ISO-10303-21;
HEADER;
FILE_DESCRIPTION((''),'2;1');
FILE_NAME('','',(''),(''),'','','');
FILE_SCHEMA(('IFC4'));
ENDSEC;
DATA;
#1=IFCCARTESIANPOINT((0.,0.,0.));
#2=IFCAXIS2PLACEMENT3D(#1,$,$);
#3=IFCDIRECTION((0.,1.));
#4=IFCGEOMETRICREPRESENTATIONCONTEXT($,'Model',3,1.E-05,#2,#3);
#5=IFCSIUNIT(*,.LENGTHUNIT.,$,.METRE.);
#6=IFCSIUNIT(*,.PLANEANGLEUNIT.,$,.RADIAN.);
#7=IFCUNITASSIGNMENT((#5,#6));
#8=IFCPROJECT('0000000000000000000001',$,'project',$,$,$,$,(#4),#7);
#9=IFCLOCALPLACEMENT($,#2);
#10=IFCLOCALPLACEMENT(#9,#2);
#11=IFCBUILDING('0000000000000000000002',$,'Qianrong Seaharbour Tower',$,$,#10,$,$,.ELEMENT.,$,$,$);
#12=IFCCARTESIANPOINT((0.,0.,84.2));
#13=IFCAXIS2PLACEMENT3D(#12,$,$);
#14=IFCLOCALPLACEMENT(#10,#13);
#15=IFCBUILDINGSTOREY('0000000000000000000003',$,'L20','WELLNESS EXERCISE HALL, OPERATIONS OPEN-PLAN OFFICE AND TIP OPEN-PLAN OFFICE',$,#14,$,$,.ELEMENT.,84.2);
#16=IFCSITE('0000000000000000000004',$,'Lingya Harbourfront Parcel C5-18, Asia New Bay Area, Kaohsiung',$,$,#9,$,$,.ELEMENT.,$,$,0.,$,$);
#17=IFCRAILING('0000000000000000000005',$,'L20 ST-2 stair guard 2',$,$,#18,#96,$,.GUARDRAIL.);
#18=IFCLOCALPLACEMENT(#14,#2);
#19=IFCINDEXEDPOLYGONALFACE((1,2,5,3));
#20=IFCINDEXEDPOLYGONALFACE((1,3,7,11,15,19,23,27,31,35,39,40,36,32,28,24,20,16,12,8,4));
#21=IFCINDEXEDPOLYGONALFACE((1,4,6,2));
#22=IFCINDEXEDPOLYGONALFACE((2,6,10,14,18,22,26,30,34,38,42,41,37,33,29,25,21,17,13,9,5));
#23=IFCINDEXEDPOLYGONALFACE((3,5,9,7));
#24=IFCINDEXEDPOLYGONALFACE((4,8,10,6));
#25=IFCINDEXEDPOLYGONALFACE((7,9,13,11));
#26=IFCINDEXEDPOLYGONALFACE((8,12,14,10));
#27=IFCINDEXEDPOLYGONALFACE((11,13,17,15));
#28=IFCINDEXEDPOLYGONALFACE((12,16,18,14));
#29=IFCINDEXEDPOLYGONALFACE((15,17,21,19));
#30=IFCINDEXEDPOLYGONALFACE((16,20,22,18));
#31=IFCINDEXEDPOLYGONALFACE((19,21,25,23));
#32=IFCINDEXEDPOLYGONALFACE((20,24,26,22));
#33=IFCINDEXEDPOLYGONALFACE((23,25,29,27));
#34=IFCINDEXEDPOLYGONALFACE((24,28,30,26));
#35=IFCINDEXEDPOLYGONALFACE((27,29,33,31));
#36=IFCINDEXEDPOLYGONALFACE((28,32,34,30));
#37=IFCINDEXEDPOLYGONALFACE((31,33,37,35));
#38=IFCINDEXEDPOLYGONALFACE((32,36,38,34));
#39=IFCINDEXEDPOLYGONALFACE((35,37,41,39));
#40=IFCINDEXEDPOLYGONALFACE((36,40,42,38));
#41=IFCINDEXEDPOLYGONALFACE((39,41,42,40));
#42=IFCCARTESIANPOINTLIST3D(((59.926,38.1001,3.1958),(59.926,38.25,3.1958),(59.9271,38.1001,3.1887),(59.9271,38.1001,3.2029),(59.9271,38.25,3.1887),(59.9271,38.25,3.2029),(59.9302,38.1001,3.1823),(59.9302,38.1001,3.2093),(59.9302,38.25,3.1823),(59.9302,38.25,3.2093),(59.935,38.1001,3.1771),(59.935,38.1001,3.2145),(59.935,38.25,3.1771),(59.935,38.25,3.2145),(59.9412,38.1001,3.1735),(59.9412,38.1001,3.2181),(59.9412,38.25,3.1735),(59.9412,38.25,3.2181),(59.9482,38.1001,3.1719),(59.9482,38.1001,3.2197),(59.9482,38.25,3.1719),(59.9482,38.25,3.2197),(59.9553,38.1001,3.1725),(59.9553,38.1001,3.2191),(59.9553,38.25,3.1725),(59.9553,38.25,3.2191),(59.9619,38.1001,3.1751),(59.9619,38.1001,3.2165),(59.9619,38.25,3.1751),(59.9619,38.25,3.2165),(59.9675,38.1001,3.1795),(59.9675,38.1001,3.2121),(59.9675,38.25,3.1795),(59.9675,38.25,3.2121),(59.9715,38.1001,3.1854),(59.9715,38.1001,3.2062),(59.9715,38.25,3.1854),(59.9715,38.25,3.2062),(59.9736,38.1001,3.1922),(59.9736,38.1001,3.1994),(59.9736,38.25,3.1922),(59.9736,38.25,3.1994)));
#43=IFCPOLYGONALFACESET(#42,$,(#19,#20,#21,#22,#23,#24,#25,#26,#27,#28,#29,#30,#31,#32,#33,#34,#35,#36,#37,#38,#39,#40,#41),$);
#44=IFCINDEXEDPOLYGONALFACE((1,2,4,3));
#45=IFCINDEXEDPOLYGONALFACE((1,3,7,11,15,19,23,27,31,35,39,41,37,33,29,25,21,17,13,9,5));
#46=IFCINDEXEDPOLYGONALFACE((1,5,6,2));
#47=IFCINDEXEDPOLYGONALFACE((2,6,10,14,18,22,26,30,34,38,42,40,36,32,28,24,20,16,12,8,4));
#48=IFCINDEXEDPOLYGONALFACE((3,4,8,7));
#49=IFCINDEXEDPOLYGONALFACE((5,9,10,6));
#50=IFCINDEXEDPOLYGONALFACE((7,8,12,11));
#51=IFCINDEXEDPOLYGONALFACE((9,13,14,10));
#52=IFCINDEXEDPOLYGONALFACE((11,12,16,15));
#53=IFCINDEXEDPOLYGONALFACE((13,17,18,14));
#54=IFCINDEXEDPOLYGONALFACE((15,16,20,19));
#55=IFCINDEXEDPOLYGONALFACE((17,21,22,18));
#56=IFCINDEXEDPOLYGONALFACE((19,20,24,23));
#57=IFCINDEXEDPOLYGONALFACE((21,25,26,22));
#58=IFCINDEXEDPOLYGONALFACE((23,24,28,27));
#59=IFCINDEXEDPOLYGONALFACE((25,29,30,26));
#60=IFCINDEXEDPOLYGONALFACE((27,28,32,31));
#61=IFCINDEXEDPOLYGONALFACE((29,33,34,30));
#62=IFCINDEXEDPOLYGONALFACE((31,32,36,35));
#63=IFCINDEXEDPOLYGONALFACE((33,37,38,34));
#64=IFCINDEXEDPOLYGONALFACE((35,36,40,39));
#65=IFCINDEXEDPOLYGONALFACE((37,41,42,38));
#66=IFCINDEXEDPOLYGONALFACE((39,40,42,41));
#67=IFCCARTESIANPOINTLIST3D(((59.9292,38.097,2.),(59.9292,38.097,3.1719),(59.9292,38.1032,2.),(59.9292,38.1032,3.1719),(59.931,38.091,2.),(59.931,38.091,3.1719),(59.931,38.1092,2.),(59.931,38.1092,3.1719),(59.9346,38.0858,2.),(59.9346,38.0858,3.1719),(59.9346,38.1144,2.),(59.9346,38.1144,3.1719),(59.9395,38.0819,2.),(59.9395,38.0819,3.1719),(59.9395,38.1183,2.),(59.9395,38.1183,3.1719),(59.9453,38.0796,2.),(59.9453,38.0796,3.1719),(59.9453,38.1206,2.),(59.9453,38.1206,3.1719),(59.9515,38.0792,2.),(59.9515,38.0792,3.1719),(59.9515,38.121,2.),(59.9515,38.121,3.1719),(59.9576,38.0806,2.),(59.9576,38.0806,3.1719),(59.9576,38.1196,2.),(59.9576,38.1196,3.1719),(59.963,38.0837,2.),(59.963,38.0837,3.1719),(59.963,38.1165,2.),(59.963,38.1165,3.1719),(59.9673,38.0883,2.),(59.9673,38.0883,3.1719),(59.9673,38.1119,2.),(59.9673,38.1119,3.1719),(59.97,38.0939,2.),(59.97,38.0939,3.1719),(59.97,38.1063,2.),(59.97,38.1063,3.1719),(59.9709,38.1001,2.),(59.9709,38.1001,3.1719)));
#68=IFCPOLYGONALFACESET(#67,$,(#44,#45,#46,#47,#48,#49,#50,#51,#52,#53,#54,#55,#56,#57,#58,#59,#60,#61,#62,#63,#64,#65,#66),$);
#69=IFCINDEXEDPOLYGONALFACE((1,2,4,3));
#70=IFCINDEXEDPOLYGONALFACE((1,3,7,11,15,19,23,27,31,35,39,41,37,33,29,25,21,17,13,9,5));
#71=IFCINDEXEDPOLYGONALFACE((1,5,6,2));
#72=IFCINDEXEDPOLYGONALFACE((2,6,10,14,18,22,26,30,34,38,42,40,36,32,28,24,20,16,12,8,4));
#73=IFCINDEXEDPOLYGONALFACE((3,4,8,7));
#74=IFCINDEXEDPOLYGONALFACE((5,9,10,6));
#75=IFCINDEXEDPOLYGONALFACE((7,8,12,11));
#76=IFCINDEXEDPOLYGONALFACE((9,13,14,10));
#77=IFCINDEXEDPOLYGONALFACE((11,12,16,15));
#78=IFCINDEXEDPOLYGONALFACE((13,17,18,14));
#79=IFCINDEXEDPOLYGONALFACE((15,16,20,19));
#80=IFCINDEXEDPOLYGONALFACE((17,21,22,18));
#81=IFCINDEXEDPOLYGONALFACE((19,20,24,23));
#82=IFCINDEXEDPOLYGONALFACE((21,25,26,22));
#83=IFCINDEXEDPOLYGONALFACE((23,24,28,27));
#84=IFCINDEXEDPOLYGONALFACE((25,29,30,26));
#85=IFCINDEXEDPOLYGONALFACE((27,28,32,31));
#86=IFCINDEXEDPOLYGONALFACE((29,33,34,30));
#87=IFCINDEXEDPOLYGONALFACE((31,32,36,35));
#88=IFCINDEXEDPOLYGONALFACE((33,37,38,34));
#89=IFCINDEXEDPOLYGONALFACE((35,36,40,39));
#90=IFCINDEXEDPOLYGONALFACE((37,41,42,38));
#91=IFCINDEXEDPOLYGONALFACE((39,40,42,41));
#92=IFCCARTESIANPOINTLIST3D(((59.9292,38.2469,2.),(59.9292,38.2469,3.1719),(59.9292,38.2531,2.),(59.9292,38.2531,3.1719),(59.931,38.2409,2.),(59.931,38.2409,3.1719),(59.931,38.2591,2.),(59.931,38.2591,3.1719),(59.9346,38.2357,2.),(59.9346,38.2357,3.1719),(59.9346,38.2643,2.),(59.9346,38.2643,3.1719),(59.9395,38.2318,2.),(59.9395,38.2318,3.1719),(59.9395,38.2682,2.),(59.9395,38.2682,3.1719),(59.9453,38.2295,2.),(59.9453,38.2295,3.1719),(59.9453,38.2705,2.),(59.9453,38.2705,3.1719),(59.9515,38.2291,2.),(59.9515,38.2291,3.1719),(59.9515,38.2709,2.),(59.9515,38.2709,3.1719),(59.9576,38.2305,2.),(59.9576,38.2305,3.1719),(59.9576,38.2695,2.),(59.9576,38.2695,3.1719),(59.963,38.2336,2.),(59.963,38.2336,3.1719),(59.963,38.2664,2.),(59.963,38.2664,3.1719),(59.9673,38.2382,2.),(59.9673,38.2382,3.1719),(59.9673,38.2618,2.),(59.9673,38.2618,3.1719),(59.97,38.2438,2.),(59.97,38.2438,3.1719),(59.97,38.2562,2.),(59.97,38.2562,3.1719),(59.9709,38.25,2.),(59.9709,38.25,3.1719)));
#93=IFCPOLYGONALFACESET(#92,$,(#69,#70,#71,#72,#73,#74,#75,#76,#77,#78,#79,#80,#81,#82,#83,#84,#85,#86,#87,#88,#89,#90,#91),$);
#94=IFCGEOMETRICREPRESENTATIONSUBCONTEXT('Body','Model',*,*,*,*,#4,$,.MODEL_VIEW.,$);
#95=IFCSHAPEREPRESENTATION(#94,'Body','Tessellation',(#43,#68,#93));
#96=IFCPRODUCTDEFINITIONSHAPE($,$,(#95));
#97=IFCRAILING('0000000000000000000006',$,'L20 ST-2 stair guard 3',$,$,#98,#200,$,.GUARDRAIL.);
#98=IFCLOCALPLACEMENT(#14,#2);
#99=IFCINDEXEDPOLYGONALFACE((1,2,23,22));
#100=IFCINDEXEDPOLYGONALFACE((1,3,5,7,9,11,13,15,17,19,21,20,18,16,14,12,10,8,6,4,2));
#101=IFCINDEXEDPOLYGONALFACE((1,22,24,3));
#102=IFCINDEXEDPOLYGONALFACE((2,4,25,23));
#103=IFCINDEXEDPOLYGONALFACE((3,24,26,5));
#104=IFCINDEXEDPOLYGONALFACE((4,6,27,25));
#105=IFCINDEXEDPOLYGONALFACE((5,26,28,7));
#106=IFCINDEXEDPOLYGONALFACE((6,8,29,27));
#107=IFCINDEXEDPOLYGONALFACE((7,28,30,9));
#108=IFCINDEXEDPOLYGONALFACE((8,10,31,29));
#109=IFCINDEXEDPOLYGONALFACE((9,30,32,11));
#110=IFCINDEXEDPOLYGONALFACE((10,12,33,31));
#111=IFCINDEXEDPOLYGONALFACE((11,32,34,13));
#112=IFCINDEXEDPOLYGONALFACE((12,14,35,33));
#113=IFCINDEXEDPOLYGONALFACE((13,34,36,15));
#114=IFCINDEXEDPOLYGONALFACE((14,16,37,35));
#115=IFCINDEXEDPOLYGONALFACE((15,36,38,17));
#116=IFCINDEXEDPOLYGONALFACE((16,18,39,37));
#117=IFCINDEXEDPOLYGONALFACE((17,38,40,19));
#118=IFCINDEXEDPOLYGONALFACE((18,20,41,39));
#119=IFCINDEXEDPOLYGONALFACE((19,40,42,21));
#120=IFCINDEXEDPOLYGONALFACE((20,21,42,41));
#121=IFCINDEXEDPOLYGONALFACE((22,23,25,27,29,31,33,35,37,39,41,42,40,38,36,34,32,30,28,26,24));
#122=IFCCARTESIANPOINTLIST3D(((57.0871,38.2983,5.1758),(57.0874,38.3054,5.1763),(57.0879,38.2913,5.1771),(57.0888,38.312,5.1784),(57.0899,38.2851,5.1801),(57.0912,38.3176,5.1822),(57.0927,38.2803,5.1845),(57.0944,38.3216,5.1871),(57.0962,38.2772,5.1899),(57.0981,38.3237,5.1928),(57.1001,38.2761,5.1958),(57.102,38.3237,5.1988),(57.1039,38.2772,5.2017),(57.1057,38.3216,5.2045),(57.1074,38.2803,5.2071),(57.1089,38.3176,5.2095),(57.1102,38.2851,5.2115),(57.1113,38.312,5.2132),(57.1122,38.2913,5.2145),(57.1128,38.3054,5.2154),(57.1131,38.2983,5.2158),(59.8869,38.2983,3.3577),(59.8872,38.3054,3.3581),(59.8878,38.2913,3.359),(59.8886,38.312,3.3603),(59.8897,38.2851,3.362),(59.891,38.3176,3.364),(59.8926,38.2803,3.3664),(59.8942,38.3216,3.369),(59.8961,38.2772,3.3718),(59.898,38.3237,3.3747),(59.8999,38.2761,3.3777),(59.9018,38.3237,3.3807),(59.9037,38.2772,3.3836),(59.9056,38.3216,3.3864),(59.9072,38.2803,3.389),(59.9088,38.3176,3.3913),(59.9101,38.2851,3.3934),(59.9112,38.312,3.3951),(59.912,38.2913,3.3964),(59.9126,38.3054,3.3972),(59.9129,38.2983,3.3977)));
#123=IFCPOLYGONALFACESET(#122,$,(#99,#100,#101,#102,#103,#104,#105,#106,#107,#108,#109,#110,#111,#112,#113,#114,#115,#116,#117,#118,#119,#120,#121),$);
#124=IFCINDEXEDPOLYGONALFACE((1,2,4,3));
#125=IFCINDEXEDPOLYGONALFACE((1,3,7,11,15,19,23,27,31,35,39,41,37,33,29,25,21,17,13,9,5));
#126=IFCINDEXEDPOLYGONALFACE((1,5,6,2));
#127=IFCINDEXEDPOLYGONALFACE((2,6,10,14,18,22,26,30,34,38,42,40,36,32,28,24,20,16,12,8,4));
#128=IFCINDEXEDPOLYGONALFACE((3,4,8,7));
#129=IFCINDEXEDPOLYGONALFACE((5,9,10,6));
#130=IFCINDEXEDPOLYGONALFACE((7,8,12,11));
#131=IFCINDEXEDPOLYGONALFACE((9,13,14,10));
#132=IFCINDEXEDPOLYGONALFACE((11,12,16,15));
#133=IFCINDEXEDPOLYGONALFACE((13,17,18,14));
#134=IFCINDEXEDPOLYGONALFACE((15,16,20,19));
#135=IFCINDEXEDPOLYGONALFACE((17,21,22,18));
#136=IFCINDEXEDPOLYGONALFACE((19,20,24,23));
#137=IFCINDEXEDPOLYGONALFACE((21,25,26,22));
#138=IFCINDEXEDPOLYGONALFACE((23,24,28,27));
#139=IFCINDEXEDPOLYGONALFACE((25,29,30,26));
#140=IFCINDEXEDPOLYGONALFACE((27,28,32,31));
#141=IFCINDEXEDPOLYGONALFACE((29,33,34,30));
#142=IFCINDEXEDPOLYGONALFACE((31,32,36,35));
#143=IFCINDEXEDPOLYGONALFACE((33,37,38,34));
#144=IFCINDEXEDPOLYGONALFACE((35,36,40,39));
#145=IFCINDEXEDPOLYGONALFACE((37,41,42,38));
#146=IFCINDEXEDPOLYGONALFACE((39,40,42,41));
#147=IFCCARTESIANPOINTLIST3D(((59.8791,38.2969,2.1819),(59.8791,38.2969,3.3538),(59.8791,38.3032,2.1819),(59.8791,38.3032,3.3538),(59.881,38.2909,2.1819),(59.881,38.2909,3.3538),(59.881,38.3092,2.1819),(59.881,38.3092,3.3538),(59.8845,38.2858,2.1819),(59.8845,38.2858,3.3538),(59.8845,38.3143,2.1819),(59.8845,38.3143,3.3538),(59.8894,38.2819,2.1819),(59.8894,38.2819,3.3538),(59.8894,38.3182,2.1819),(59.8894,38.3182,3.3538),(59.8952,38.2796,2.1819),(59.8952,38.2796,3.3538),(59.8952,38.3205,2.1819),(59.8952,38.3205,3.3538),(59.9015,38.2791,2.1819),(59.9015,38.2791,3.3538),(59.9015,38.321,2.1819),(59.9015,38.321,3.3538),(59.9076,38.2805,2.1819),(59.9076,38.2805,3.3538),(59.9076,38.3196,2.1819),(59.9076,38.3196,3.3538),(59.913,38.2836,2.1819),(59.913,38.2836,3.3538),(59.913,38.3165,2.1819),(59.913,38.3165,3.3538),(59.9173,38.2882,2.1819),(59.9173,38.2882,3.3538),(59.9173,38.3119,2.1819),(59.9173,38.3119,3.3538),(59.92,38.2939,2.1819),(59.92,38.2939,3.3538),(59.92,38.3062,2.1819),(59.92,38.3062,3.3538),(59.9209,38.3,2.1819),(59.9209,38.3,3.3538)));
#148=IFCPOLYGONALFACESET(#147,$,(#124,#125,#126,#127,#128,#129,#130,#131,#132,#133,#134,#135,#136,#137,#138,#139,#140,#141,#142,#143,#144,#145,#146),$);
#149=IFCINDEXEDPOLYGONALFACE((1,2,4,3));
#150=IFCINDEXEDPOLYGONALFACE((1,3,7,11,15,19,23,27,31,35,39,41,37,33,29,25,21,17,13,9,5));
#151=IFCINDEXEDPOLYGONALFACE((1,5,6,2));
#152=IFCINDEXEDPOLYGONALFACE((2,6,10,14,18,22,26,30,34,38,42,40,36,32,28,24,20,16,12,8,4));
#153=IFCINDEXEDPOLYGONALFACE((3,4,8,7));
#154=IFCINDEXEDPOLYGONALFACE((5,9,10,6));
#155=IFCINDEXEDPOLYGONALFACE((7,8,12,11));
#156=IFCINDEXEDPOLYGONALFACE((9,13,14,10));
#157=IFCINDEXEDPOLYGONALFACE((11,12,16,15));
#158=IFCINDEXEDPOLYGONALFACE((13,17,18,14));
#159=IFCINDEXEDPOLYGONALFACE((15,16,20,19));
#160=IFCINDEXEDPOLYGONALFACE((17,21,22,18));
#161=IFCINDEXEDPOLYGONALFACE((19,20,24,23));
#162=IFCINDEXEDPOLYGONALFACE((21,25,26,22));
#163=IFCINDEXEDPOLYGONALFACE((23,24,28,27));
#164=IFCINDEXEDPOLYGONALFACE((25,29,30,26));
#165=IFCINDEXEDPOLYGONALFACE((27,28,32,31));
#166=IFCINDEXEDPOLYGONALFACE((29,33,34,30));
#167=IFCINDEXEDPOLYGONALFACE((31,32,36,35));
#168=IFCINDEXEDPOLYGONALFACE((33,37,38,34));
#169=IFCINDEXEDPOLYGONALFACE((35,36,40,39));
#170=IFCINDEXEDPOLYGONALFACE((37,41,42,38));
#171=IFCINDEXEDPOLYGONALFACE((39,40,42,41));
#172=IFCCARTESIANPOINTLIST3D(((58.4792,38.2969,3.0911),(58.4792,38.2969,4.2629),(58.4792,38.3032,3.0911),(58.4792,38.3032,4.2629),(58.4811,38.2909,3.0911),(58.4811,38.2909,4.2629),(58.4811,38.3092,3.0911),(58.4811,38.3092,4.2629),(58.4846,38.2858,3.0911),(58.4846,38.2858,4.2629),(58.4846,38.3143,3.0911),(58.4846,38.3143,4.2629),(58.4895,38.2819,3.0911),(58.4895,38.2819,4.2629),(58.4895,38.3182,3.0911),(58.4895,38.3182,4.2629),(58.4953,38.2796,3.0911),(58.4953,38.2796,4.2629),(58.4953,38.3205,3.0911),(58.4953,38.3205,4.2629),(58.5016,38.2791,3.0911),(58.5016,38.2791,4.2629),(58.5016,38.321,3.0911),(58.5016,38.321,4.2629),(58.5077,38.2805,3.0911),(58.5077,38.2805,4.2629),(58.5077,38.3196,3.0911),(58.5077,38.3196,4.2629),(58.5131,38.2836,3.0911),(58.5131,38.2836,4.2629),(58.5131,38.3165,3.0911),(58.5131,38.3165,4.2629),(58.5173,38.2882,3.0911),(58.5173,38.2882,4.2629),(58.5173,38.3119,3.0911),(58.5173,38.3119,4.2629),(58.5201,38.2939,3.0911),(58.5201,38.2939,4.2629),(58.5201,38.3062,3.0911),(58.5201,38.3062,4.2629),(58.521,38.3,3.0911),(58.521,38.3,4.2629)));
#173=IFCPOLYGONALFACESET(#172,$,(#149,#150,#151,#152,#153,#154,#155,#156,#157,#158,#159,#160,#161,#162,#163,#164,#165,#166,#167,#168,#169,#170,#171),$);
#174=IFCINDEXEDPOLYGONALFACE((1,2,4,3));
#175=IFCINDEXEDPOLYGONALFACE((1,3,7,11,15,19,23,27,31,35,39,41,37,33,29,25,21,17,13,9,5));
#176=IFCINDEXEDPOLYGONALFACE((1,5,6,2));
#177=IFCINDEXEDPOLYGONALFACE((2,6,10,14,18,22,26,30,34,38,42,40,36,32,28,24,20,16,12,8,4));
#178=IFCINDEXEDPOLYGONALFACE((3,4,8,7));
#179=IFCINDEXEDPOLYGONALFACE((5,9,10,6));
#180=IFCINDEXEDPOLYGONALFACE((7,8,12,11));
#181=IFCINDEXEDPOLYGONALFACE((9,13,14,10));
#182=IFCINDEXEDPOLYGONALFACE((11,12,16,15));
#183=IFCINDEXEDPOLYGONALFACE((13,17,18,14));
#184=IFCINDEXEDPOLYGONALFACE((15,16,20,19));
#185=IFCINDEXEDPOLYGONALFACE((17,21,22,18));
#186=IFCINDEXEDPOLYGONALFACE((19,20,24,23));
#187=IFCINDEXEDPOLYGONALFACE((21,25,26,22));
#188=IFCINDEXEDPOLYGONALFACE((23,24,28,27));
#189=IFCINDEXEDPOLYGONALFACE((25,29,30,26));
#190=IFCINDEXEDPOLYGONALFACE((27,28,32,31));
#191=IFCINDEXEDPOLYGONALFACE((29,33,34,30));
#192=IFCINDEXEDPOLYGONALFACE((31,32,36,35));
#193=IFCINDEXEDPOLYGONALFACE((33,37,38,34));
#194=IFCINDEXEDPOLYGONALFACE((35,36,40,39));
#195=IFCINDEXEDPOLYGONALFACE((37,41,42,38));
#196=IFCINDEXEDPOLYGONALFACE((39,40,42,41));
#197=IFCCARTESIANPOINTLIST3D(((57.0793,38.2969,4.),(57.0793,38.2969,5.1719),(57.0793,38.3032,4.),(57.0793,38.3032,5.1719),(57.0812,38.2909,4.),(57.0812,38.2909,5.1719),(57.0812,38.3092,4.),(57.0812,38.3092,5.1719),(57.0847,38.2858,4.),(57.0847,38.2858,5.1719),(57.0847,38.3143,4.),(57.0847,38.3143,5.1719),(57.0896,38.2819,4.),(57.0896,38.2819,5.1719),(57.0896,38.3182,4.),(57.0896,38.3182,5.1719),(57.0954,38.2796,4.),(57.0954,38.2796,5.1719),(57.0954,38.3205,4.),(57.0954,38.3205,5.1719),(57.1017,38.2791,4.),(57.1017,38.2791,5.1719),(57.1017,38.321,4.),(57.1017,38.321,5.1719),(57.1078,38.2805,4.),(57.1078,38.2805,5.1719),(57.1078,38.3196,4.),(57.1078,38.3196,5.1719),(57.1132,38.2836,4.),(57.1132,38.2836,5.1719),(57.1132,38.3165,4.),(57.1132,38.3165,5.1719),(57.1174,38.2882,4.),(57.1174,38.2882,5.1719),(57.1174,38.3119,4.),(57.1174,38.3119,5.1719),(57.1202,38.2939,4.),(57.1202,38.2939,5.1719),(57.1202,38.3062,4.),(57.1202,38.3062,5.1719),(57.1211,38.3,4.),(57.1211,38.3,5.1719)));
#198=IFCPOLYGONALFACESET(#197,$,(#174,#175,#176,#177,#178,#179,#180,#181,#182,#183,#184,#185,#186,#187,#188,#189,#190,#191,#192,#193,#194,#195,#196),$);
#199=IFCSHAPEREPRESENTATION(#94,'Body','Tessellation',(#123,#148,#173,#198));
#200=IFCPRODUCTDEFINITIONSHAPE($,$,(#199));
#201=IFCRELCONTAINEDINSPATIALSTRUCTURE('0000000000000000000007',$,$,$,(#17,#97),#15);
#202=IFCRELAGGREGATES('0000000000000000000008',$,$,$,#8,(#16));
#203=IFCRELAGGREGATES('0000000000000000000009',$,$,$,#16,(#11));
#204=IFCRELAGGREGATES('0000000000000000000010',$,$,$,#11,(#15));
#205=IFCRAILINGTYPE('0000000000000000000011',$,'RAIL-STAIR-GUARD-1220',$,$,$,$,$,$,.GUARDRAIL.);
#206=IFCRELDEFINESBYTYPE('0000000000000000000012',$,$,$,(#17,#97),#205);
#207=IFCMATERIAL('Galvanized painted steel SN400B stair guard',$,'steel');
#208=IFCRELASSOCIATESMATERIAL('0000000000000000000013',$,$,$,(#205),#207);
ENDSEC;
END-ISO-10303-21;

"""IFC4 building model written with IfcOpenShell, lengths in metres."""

from ifc_helpers import new_model, si_unit, direction, frame, origin, origin_2d, place, context, subcontext, project, spatial, circle, extrude, material, type_object, element, save


model = new_model("IFC4")

# Units and contexts
model_context = context("Model", 3, precision=1e-05, world=origin(), true_north=direction((0.0, 1.0)))
body_context = subcontext(model_context, "Body", "Model", "MODEL_VIEW")
ifc_project = project(units=[si_unit("LENGTHUNIT", "METRE"), si_unit("PLANEANGLEUNIT", "RADIAN")], contexts=[model_context])

# Site, building, storey
site_placement = place(None, origin())
site = spatial("IfcSite", under=ifc_project, at=site_placement, Name="Lingya Harbourfront Parcel C5-18, Asia New Bay Area, Kaohsiung", CompositionType="ELEMENT", RefElevation=0.0)
building_placement = place(site_placement, origin())
building = spatial("IfcBuilding", under=site, at=building_placement, Name="Qianrong Seaharbour Tower", CompositionType="ELEMENT")
storey_placement = place(building_placement, frame((0.0, 0.0, 84.2)))
storey = spatial("IfcBuildingStorey", under=building, at=storey_placement, Name="L20", Description="WELLNESS EXERCISE HALL, OPERATIONS OPEN-PLAN OFFICE AND TIP OPEN-PLAN OFFICE", CompositionType="ELEMENT", Elevation=84.2)

# Railings
ifc_material_1 = material(Name="Galvanized painted steel SN400B stair guard", Category="steel")
railing_type_1 = type_object("IfcRailingType", Name="RAIL-STAIR-GUARD-1220", PredefinedType="GUARDRAIL", material=ifc_material_1)
railing_1_placement = place(storey_placement, frame((59.95, 38.1001, 2.0)))
element("IfcRailing", 1, at=railing_1_placement, inside=storey, type_object=railing_type_1, Name="L20 ST-2 stair guard 2", PredefinedType="GUARDRAIL", context=body_context, shape_type="SweptSolid", body=[
    extrude(circle(Radius=0.0239, at=origin_2d()), frame((0.0, 0.0, 1.1958), z_axis=(0.0, 1.0, 0.0), x_axis=(-1.0, 0.0, 0.0)), (0.0, 0.0, 1.0), 0.1499),
    extrude(circle(Radius=0.021, at=origin_2d()), origin(), (0.0, 0.0, 1.0), 1.1719),
    extrude(circle(Radius=0.021, at=origin_2d()), frame((0.0, 0.1499, 0.0)), (0.0, 0.0, 1.0), 1.1719),
])
railing_2_placement = place(storey_placement, frame((59.8999, 38.3, 2.1819)))
element("IfcRailing", 2, at=railing_2_placement, inside=storey, type_object=railing_type_1, Name="L20 ST-2 stair guard 3", PredefinedType="GUARDRAIL", context=body_context, shape_type="SweptSolid", body=[
    extrude(circle(Radius=0.0239, at=origin_2d()), frame((0.0, 0.0, 1.1958), z_axis=(-0.838684, 0.0, 0.544618), x_axis=(0.0, -1.0, 0.0)), (0.0, 0.0, 1.0), 3.3384),
    extrude(circle(Radius=0.021, at=origin_2d()), origin(), (0.0, 0.0, 1.0), 1.1719),
    extrude(circle(Radius=0.021, at=origin_2d()), frame((-1.3999, 0.0, 0.9092)), (0.0, 0.0, 1.0), 1.1719),
    extrude(circle(Radius=0.021, at=origin_2d()), frame((-2.7998, 0.0, 1.8181)), (0.0, 0.0, 1.0), 1.1719),
])

save(model, "model.ifc")
